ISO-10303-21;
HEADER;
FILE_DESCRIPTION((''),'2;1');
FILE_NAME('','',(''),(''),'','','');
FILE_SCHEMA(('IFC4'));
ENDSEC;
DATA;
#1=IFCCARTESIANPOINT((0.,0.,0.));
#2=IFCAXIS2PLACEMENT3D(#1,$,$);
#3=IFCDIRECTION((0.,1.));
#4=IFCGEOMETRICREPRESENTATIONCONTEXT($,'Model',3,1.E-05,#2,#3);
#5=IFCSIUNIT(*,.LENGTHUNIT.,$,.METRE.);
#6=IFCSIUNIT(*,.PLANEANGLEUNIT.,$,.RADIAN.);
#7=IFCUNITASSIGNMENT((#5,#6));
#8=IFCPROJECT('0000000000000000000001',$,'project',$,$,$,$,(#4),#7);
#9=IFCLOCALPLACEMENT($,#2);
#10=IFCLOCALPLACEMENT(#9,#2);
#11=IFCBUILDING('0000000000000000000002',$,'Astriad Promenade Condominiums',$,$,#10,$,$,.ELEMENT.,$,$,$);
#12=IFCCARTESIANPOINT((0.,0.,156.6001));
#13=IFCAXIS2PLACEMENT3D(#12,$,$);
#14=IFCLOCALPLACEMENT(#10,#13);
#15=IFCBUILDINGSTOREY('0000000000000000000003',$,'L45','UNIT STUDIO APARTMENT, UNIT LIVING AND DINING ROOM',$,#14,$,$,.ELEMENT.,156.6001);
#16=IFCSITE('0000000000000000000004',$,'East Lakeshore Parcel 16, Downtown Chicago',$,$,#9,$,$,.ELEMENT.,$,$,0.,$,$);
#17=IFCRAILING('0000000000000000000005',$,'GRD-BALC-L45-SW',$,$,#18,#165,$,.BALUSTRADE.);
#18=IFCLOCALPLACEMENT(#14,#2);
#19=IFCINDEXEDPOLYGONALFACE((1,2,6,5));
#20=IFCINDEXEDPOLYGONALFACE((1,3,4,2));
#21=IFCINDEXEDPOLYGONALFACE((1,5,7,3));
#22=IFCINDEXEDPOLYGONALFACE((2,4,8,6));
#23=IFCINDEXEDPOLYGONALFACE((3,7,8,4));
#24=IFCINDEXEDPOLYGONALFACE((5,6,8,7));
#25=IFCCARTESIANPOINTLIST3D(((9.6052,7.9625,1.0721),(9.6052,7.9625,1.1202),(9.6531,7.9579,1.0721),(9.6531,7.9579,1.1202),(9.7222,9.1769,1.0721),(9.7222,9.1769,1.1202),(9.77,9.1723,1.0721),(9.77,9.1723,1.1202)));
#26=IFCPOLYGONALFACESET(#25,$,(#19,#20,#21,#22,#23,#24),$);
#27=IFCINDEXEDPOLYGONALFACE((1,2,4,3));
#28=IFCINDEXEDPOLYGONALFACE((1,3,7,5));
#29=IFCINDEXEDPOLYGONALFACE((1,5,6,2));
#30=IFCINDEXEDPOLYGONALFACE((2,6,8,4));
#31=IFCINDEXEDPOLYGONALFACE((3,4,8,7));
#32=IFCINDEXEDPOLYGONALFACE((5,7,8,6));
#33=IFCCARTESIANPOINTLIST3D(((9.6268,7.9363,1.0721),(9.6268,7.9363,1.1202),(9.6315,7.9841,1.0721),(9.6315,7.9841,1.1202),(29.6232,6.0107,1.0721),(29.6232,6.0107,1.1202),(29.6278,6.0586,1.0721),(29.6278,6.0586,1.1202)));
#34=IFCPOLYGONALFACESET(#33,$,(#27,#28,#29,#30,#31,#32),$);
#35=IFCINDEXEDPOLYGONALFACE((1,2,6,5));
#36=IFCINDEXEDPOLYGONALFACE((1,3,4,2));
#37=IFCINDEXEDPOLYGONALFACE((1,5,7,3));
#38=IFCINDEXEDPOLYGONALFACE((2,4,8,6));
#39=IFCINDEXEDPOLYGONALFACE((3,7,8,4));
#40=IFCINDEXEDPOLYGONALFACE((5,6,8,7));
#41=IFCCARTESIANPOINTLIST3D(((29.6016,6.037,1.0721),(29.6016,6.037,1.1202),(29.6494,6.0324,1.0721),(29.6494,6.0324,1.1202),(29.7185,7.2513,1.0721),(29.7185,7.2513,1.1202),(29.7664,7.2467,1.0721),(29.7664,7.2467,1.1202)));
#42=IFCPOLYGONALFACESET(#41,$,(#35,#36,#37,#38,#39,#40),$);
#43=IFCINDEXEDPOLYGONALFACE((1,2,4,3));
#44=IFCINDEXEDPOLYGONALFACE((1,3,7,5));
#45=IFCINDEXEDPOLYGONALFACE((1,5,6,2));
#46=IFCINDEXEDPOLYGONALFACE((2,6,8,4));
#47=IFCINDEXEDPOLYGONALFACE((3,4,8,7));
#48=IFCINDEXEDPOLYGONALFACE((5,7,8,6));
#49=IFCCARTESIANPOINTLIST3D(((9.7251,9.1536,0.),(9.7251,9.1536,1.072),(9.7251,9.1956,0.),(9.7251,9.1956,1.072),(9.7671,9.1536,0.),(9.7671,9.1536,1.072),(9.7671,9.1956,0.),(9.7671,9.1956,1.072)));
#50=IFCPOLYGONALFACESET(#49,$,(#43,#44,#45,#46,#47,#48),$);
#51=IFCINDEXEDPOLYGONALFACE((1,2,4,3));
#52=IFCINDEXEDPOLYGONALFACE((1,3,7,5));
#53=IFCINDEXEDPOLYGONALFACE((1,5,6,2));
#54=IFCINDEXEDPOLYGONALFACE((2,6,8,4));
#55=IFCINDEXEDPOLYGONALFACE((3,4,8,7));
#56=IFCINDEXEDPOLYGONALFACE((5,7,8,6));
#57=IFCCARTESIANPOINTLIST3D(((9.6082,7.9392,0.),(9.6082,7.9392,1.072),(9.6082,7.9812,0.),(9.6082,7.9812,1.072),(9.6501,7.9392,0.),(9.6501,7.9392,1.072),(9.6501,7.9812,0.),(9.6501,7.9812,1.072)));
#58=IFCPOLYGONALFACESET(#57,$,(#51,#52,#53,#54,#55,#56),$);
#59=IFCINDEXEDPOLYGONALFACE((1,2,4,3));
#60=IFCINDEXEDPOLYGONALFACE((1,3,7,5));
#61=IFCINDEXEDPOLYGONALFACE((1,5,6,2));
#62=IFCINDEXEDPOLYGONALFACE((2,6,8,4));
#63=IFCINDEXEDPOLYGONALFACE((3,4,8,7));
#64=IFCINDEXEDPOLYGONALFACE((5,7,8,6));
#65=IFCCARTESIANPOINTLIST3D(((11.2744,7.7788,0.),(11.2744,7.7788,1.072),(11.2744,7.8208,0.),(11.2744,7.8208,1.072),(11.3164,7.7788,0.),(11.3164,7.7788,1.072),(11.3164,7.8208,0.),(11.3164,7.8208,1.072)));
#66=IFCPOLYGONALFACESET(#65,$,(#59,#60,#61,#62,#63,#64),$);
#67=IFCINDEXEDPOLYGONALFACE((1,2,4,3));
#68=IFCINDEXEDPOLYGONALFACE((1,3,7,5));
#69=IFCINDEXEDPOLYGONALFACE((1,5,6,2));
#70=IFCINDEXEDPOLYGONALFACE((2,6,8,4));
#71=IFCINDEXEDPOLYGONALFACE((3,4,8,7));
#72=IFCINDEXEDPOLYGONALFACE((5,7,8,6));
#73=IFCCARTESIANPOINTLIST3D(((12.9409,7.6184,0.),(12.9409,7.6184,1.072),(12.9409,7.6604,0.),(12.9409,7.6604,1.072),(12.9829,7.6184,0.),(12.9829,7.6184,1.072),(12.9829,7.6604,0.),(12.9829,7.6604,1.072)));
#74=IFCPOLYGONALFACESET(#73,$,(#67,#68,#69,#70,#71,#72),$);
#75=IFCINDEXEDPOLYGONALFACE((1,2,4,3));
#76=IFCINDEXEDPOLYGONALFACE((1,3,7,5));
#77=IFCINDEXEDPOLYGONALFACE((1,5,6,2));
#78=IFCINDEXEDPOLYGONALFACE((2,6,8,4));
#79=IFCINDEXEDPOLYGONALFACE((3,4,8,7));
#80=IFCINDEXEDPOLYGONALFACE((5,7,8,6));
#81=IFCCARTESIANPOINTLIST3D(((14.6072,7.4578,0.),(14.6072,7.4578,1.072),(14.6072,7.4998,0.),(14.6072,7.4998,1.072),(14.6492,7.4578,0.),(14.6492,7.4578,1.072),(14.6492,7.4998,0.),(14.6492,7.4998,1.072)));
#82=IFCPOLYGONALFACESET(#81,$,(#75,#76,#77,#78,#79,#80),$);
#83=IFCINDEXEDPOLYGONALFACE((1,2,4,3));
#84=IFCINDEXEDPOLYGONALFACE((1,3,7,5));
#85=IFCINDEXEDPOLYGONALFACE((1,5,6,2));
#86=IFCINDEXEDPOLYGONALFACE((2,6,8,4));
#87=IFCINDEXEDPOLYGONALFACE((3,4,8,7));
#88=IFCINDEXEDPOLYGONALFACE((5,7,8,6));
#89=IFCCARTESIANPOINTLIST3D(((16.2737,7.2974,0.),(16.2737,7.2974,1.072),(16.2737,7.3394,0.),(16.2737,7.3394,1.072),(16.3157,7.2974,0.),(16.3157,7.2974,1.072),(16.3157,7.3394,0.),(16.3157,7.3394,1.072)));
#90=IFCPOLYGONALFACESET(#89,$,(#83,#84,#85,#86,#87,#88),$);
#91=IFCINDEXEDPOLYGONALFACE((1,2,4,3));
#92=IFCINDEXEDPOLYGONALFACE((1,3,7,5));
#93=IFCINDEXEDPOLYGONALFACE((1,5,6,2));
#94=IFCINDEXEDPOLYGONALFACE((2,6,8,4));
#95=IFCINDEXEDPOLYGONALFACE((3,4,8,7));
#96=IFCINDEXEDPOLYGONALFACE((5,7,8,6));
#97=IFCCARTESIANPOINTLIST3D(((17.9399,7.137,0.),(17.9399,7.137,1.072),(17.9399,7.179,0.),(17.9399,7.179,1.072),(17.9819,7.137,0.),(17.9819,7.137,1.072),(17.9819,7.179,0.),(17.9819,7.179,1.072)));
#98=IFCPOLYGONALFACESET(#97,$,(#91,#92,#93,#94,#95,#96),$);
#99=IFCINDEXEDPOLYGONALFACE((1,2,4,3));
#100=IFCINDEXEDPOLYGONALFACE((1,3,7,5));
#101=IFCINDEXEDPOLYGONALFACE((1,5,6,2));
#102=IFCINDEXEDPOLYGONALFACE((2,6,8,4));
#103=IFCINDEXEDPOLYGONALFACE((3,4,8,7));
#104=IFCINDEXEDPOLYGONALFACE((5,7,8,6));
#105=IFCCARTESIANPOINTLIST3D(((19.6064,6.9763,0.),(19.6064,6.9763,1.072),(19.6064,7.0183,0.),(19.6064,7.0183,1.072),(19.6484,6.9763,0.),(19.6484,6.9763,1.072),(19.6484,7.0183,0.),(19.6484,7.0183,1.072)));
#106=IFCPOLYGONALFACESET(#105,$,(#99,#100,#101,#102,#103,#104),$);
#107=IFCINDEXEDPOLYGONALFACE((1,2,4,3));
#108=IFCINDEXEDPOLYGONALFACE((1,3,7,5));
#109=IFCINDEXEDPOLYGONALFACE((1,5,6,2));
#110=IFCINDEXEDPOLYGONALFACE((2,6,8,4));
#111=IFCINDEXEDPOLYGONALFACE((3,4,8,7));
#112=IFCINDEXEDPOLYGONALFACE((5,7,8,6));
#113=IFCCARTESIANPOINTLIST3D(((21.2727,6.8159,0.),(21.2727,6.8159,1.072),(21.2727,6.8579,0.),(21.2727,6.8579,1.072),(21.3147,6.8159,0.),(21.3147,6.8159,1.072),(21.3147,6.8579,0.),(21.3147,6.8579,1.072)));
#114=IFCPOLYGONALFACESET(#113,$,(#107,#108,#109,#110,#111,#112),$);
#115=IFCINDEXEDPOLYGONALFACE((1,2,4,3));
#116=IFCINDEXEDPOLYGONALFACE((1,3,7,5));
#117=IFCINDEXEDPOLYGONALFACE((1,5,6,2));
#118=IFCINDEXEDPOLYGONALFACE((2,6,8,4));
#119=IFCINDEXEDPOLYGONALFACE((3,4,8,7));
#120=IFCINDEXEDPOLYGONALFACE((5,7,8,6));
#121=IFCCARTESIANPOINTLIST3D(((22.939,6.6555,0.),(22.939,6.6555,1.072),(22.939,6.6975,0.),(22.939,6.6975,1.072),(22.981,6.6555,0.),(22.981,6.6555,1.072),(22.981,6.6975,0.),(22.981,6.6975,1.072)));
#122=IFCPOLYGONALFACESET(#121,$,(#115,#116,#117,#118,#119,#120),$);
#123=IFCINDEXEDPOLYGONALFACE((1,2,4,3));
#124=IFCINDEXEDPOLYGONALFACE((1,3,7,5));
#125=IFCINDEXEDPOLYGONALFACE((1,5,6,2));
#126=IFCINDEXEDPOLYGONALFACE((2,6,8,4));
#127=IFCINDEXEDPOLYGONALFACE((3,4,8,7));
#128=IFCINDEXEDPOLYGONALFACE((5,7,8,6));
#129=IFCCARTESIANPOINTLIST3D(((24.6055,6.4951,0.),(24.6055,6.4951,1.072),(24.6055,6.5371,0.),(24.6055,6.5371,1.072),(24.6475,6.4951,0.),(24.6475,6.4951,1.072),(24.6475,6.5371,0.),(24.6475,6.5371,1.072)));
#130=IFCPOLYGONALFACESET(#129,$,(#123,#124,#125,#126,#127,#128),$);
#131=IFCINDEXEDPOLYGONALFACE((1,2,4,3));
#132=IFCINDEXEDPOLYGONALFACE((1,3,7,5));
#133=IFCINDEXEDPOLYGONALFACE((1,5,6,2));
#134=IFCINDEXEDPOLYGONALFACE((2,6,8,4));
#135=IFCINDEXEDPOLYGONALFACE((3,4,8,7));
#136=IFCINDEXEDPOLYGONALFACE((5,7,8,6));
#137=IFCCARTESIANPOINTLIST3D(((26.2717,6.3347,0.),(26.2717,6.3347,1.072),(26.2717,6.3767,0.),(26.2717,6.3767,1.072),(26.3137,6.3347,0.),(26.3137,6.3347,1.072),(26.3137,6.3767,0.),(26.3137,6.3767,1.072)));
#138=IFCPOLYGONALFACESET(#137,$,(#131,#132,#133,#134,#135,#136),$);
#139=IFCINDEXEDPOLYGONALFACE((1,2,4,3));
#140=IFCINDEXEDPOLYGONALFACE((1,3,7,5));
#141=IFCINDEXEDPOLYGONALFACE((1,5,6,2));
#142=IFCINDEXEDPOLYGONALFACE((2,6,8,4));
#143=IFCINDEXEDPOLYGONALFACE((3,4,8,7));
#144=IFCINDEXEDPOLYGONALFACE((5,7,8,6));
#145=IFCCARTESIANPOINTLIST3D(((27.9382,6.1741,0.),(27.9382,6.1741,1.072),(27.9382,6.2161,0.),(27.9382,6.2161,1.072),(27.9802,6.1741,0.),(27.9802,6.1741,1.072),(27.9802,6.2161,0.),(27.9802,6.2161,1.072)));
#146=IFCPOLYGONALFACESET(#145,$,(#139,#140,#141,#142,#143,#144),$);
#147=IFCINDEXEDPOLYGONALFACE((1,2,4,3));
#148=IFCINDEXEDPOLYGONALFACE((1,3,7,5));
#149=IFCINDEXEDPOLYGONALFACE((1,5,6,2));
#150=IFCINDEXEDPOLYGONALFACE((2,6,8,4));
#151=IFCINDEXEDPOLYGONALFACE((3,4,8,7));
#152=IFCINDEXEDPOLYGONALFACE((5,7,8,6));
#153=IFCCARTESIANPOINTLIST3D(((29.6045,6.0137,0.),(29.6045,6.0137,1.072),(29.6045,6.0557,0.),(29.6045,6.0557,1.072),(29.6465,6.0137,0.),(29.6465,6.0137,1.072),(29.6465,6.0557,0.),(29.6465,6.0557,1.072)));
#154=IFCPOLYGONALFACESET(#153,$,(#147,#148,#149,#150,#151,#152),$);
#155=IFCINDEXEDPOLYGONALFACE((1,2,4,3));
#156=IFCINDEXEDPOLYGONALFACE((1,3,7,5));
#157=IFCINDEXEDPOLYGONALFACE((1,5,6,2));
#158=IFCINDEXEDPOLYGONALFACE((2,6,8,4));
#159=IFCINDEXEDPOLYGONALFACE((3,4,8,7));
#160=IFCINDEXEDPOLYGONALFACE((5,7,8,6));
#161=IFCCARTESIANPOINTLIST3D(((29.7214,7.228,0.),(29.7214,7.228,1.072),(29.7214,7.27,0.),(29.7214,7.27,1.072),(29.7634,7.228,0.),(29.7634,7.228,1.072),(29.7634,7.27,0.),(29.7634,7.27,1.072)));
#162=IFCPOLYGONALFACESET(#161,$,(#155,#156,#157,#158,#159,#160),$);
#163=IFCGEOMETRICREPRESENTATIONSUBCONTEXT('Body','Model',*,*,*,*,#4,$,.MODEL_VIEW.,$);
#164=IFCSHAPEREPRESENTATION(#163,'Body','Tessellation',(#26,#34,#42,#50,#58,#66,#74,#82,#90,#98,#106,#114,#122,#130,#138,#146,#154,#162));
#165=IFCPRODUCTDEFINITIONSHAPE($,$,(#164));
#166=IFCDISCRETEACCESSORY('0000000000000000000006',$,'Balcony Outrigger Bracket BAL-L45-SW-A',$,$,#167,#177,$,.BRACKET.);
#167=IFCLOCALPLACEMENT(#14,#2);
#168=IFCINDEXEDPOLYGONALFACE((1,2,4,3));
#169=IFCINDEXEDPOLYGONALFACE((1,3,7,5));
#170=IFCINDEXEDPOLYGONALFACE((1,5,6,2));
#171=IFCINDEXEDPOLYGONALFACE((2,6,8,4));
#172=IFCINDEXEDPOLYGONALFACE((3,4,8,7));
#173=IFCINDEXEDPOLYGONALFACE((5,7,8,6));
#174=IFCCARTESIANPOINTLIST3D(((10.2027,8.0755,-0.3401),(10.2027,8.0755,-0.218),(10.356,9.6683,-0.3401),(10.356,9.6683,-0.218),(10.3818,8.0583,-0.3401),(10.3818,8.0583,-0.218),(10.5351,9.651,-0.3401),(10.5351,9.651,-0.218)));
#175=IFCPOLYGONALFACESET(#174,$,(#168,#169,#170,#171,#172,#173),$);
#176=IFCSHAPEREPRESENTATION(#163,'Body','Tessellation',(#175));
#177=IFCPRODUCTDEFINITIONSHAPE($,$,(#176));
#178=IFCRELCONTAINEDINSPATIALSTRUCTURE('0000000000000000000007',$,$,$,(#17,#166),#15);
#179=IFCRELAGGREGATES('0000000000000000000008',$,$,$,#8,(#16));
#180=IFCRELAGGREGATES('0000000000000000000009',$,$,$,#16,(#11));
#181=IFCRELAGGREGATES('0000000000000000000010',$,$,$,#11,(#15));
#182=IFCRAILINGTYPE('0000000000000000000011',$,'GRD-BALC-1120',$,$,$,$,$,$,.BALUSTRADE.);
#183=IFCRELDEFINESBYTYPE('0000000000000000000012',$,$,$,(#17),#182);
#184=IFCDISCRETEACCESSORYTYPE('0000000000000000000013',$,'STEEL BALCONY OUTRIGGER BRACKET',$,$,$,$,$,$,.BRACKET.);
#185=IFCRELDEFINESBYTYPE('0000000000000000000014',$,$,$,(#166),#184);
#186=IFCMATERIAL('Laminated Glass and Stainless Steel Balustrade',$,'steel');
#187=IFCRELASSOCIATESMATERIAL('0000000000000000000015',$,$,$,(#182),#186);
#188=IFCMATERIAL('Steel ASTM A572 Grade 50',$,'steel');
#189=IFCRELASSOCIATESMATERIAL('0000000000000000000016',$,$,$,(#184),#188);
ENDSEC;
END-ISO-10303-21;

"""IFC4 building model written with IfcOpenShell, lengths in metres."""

from ifc_helpers import new_model, si_unit, direction, frame, origin, origin_2d, place, context, subcontext, project, spatial, rectangle, extrude, source, transform, mapped, material, type_object, type_shapes, element, save


model = new_model("IFC4")

# Units and contexts
model_context = context("Model", 3, precision=1e-05, world=origin(), true_north=direction((0.0, 1.0)))
body_context = subcontext(model_context, "Body", "Model", "MODEL_VIEW")
ifc_project = project(units=[si_unit("LENGTHUNIT", "METRE"), si_unit("PLANEANGLEUNIT", "RADIAN")], contexts=[model_context])

# Site, building, storey
site_placement = place(None, origin())
site = spatial("IfcSite", under=ifc_project, at=site_placement, Name="East Lakeshore Parcel 16, Downtown Chicago", CompositionType="ELEMENT", RefElevation=0.0)
building_placement = place(site_placement, origin())
building = spatial("IfcBuilding", under=site, at=building_placement, Name="Astriad Promenade Condominiums", CompositionType="ELEMENT")
storey_placement = place(building_placement, frame((0.0, 0.0, 156.6001)))
storey = spatial("IfcBuildingStorey", under=building, at=storey_placement, Name="L45", Description="UNIT STUDIO APARTMENT, UNIT LIVING AND DINING ROOM", CompositionType="ELEMENT", Elevation=156.6001)

# Railing
ifc_material_1 = material(Name="Laminated Glass and Stainless Steel Balustrade", Category="steel")
railing_type = type_object("IfcRailingType", Name="GRD-BALC-1120", PredefinedType="BALUSTRADE", material=ifc_material_1)
shared_shape_1 = source(origin(), body_context, "Body", "SweptSolid", [
    extrude(rectangle(XDim=0.0481, YDim=0.0481, at=origin_2d()), frame((0.0, 0.0, 1.0962), z_axis=(-0.095857, -0.995395, 0.0), x_axis=(0.995395, -0.095857, 0.0)), (0.0, 0.0, 1.0), 1.22),
    extrude(rectangle(XDim=0.0481, YDim=0.0481, at=origin_2d()), frame((-0.1169, -1.2144, 1.0962), z_axis=(0.995396, -0.095851, 0.0), x_axis=(0.095851, 0.995396, 0.0)), (0.0, 0.0, 1.0), 20.0889),
    extrude(rectangle(XDim=0.0481, YDim=0.0481, at=origin_2d()), frame((19.8794, -3.1399, 1.0962), z_axis=(0.095857, 0.995395, 0.0), x_axis=(-0.995395, 0.095857, 0.0)), (0.0, 0.0, 1.0), 1.22),
    extrude(rectangle(XDim=0.042, YDim=0.042, at=origin_2d()), origin(), (0.0, 0.0, 1.0), 1.072),
    extrude(rectangle(XDim=0.042, YDim=0.042, at=origin_2d()), frame((-0.1169, -1.2144, 0.0)), (0.0, 0.0, 1.0), 1.072),
    extrude(rectangle(XDim=0.042, YDim=0.042, at=origin_2d()), frame((1.5493, -1.3748, 0.0)), (0.0, 0.0, 1.0), 1.072),
    extrude(rectangle(XDim=0.042, YDim=0.042, at=origin_2d()), frame((3.2158, -1.5352, 0.0)), (0.0, 0.0, 1.0), 1.072),
    extrude(rectangle(XDim=0.042, YDim=0.042, at=origin_2d()), frame((4.8821, -1.6958, 0.0)), (0.0, 0.0, 1.0), 1.072),
    extrude(rectangle(XDim=0.042, YDim=0.042, at=origin_2d()), frame((6.5486, -1.8562, 0.0)), (0.0, 0.0, 1.0), 1.072),
    extrude(rectangle(XDim=0.042, YDim=0.042, at=origin_2d()), frame((8.2148, -2.0166, 0.0)), (0.0, 0.0, 1.0), 1.072),
    extrude(rectangle(XDim=0.042, YDim=0.042, at=origin_2d()), frame((9.8813, -2.1772, 0.0)), (0.0, 0.0, 1.0), 1.072),
    extrude(rectangle(XDim=0.042, YDim=0.042, at=origin_2d()), frame((11.5476, -2.3376, 0.0)), (0.0, 0.0, 1.0), 1.072),
    extrude(rectangle(XDim=0.042, YDim=0.042, at=origin_2d()), frame((13.2139, -2.498, 0.0)), (0.0, 0.0, 1.0), 1.072),
    extrude(rectangle(XDim=0.042, YDim=0.042, at=origin_2d()), frame((14.8804, -2.6584, 0.0)), (0.0, 0.0, 1.0), 1.072),
    extrude(rectangle(XDim=0.042, YDim=0.042, at=origin_2d()), frame((16.5466, -2.8188, 0.0)), (0.0, 0.0, 1.0), 1.072),
    extrude(rectangle(XDim=0.042, YDim=0.042, at=origin_2d()), frame((18.2131, -2.9795, 0.0)), (0.0, 0.0, 1.0), 1.072),
    extrude(rectangle(XDim=0.042, YDim=0.042, at=origin_2d()), frame((19.8794, -3.1399, 0.0)), (0.0, 0.0, 1.0), 1.072),
    extrude(rectangle(XDim=0.042, YDim=0.042, at=origin_2d()), frame((19.9963, -1.9255, 0.0)), (0.0, 0.0, 1.0), 1.072),
])
type_shapes(railing_type, [shared_shape_1])
railing_placement = place(storey_placement, frame((9.7461, 9.1746, 0.0)))
element("IfcRailing", 1, at=railing_placement, inside=storey, type_object=railing_type, Name="GRD-BALC-L45-SW", PredefinedType="BALUSTRADE", context=body_context, shape_type="MappedRepresentation", body=[
    mapped(shared_shape_1, transform((0.0, 0.0, 0.0), scale=1.0)),
])

# Discrete accessory
ifc_material_2 = material(Name="Steel ASTM A572 Grade 50", Category="steel")
discrete_accessory_type = type_object("IfcDiscreteAccessoryType", Name="STEEL BALCONY OUTRIGGER BRACKET", PredefinedType="BRACKET", material=ifc_material_2)
shared_shape_2 = source(origin(), body_context, "Body", "SweptSolid", [
    extrude(rectangle(XDim=1.6001, YDim=0.1799, at=origin_2d()), origin(), (0.0, 0.0, 1.0), 0.1221),
])
type_shapes(discrete_accessory_type, [shared_shape_2])
discrete_accessory_placement = place(storey_placement, frame((10.3689, 8.8633, -0.3401), z_axis=(0.0, 0.0, 1.0), x_axis=(-0.095846, -0.995396, 0.0)))
element("IfcDiscreteAccessory", 2, at=discrete_accessory_placement, inside=storey, type_object=discrete_accessory_type, Name="Balcony Outrigger Bracket BAL-L45-SW-A", PredefinedType="BRACKET", context=body_context, shape_type="MappedRepresentation", body=[
    mapped(shared_shape_2, transform((0.0, 0.0, 0.0), scale=1.0)),
])

save(model, "model.ifc")
